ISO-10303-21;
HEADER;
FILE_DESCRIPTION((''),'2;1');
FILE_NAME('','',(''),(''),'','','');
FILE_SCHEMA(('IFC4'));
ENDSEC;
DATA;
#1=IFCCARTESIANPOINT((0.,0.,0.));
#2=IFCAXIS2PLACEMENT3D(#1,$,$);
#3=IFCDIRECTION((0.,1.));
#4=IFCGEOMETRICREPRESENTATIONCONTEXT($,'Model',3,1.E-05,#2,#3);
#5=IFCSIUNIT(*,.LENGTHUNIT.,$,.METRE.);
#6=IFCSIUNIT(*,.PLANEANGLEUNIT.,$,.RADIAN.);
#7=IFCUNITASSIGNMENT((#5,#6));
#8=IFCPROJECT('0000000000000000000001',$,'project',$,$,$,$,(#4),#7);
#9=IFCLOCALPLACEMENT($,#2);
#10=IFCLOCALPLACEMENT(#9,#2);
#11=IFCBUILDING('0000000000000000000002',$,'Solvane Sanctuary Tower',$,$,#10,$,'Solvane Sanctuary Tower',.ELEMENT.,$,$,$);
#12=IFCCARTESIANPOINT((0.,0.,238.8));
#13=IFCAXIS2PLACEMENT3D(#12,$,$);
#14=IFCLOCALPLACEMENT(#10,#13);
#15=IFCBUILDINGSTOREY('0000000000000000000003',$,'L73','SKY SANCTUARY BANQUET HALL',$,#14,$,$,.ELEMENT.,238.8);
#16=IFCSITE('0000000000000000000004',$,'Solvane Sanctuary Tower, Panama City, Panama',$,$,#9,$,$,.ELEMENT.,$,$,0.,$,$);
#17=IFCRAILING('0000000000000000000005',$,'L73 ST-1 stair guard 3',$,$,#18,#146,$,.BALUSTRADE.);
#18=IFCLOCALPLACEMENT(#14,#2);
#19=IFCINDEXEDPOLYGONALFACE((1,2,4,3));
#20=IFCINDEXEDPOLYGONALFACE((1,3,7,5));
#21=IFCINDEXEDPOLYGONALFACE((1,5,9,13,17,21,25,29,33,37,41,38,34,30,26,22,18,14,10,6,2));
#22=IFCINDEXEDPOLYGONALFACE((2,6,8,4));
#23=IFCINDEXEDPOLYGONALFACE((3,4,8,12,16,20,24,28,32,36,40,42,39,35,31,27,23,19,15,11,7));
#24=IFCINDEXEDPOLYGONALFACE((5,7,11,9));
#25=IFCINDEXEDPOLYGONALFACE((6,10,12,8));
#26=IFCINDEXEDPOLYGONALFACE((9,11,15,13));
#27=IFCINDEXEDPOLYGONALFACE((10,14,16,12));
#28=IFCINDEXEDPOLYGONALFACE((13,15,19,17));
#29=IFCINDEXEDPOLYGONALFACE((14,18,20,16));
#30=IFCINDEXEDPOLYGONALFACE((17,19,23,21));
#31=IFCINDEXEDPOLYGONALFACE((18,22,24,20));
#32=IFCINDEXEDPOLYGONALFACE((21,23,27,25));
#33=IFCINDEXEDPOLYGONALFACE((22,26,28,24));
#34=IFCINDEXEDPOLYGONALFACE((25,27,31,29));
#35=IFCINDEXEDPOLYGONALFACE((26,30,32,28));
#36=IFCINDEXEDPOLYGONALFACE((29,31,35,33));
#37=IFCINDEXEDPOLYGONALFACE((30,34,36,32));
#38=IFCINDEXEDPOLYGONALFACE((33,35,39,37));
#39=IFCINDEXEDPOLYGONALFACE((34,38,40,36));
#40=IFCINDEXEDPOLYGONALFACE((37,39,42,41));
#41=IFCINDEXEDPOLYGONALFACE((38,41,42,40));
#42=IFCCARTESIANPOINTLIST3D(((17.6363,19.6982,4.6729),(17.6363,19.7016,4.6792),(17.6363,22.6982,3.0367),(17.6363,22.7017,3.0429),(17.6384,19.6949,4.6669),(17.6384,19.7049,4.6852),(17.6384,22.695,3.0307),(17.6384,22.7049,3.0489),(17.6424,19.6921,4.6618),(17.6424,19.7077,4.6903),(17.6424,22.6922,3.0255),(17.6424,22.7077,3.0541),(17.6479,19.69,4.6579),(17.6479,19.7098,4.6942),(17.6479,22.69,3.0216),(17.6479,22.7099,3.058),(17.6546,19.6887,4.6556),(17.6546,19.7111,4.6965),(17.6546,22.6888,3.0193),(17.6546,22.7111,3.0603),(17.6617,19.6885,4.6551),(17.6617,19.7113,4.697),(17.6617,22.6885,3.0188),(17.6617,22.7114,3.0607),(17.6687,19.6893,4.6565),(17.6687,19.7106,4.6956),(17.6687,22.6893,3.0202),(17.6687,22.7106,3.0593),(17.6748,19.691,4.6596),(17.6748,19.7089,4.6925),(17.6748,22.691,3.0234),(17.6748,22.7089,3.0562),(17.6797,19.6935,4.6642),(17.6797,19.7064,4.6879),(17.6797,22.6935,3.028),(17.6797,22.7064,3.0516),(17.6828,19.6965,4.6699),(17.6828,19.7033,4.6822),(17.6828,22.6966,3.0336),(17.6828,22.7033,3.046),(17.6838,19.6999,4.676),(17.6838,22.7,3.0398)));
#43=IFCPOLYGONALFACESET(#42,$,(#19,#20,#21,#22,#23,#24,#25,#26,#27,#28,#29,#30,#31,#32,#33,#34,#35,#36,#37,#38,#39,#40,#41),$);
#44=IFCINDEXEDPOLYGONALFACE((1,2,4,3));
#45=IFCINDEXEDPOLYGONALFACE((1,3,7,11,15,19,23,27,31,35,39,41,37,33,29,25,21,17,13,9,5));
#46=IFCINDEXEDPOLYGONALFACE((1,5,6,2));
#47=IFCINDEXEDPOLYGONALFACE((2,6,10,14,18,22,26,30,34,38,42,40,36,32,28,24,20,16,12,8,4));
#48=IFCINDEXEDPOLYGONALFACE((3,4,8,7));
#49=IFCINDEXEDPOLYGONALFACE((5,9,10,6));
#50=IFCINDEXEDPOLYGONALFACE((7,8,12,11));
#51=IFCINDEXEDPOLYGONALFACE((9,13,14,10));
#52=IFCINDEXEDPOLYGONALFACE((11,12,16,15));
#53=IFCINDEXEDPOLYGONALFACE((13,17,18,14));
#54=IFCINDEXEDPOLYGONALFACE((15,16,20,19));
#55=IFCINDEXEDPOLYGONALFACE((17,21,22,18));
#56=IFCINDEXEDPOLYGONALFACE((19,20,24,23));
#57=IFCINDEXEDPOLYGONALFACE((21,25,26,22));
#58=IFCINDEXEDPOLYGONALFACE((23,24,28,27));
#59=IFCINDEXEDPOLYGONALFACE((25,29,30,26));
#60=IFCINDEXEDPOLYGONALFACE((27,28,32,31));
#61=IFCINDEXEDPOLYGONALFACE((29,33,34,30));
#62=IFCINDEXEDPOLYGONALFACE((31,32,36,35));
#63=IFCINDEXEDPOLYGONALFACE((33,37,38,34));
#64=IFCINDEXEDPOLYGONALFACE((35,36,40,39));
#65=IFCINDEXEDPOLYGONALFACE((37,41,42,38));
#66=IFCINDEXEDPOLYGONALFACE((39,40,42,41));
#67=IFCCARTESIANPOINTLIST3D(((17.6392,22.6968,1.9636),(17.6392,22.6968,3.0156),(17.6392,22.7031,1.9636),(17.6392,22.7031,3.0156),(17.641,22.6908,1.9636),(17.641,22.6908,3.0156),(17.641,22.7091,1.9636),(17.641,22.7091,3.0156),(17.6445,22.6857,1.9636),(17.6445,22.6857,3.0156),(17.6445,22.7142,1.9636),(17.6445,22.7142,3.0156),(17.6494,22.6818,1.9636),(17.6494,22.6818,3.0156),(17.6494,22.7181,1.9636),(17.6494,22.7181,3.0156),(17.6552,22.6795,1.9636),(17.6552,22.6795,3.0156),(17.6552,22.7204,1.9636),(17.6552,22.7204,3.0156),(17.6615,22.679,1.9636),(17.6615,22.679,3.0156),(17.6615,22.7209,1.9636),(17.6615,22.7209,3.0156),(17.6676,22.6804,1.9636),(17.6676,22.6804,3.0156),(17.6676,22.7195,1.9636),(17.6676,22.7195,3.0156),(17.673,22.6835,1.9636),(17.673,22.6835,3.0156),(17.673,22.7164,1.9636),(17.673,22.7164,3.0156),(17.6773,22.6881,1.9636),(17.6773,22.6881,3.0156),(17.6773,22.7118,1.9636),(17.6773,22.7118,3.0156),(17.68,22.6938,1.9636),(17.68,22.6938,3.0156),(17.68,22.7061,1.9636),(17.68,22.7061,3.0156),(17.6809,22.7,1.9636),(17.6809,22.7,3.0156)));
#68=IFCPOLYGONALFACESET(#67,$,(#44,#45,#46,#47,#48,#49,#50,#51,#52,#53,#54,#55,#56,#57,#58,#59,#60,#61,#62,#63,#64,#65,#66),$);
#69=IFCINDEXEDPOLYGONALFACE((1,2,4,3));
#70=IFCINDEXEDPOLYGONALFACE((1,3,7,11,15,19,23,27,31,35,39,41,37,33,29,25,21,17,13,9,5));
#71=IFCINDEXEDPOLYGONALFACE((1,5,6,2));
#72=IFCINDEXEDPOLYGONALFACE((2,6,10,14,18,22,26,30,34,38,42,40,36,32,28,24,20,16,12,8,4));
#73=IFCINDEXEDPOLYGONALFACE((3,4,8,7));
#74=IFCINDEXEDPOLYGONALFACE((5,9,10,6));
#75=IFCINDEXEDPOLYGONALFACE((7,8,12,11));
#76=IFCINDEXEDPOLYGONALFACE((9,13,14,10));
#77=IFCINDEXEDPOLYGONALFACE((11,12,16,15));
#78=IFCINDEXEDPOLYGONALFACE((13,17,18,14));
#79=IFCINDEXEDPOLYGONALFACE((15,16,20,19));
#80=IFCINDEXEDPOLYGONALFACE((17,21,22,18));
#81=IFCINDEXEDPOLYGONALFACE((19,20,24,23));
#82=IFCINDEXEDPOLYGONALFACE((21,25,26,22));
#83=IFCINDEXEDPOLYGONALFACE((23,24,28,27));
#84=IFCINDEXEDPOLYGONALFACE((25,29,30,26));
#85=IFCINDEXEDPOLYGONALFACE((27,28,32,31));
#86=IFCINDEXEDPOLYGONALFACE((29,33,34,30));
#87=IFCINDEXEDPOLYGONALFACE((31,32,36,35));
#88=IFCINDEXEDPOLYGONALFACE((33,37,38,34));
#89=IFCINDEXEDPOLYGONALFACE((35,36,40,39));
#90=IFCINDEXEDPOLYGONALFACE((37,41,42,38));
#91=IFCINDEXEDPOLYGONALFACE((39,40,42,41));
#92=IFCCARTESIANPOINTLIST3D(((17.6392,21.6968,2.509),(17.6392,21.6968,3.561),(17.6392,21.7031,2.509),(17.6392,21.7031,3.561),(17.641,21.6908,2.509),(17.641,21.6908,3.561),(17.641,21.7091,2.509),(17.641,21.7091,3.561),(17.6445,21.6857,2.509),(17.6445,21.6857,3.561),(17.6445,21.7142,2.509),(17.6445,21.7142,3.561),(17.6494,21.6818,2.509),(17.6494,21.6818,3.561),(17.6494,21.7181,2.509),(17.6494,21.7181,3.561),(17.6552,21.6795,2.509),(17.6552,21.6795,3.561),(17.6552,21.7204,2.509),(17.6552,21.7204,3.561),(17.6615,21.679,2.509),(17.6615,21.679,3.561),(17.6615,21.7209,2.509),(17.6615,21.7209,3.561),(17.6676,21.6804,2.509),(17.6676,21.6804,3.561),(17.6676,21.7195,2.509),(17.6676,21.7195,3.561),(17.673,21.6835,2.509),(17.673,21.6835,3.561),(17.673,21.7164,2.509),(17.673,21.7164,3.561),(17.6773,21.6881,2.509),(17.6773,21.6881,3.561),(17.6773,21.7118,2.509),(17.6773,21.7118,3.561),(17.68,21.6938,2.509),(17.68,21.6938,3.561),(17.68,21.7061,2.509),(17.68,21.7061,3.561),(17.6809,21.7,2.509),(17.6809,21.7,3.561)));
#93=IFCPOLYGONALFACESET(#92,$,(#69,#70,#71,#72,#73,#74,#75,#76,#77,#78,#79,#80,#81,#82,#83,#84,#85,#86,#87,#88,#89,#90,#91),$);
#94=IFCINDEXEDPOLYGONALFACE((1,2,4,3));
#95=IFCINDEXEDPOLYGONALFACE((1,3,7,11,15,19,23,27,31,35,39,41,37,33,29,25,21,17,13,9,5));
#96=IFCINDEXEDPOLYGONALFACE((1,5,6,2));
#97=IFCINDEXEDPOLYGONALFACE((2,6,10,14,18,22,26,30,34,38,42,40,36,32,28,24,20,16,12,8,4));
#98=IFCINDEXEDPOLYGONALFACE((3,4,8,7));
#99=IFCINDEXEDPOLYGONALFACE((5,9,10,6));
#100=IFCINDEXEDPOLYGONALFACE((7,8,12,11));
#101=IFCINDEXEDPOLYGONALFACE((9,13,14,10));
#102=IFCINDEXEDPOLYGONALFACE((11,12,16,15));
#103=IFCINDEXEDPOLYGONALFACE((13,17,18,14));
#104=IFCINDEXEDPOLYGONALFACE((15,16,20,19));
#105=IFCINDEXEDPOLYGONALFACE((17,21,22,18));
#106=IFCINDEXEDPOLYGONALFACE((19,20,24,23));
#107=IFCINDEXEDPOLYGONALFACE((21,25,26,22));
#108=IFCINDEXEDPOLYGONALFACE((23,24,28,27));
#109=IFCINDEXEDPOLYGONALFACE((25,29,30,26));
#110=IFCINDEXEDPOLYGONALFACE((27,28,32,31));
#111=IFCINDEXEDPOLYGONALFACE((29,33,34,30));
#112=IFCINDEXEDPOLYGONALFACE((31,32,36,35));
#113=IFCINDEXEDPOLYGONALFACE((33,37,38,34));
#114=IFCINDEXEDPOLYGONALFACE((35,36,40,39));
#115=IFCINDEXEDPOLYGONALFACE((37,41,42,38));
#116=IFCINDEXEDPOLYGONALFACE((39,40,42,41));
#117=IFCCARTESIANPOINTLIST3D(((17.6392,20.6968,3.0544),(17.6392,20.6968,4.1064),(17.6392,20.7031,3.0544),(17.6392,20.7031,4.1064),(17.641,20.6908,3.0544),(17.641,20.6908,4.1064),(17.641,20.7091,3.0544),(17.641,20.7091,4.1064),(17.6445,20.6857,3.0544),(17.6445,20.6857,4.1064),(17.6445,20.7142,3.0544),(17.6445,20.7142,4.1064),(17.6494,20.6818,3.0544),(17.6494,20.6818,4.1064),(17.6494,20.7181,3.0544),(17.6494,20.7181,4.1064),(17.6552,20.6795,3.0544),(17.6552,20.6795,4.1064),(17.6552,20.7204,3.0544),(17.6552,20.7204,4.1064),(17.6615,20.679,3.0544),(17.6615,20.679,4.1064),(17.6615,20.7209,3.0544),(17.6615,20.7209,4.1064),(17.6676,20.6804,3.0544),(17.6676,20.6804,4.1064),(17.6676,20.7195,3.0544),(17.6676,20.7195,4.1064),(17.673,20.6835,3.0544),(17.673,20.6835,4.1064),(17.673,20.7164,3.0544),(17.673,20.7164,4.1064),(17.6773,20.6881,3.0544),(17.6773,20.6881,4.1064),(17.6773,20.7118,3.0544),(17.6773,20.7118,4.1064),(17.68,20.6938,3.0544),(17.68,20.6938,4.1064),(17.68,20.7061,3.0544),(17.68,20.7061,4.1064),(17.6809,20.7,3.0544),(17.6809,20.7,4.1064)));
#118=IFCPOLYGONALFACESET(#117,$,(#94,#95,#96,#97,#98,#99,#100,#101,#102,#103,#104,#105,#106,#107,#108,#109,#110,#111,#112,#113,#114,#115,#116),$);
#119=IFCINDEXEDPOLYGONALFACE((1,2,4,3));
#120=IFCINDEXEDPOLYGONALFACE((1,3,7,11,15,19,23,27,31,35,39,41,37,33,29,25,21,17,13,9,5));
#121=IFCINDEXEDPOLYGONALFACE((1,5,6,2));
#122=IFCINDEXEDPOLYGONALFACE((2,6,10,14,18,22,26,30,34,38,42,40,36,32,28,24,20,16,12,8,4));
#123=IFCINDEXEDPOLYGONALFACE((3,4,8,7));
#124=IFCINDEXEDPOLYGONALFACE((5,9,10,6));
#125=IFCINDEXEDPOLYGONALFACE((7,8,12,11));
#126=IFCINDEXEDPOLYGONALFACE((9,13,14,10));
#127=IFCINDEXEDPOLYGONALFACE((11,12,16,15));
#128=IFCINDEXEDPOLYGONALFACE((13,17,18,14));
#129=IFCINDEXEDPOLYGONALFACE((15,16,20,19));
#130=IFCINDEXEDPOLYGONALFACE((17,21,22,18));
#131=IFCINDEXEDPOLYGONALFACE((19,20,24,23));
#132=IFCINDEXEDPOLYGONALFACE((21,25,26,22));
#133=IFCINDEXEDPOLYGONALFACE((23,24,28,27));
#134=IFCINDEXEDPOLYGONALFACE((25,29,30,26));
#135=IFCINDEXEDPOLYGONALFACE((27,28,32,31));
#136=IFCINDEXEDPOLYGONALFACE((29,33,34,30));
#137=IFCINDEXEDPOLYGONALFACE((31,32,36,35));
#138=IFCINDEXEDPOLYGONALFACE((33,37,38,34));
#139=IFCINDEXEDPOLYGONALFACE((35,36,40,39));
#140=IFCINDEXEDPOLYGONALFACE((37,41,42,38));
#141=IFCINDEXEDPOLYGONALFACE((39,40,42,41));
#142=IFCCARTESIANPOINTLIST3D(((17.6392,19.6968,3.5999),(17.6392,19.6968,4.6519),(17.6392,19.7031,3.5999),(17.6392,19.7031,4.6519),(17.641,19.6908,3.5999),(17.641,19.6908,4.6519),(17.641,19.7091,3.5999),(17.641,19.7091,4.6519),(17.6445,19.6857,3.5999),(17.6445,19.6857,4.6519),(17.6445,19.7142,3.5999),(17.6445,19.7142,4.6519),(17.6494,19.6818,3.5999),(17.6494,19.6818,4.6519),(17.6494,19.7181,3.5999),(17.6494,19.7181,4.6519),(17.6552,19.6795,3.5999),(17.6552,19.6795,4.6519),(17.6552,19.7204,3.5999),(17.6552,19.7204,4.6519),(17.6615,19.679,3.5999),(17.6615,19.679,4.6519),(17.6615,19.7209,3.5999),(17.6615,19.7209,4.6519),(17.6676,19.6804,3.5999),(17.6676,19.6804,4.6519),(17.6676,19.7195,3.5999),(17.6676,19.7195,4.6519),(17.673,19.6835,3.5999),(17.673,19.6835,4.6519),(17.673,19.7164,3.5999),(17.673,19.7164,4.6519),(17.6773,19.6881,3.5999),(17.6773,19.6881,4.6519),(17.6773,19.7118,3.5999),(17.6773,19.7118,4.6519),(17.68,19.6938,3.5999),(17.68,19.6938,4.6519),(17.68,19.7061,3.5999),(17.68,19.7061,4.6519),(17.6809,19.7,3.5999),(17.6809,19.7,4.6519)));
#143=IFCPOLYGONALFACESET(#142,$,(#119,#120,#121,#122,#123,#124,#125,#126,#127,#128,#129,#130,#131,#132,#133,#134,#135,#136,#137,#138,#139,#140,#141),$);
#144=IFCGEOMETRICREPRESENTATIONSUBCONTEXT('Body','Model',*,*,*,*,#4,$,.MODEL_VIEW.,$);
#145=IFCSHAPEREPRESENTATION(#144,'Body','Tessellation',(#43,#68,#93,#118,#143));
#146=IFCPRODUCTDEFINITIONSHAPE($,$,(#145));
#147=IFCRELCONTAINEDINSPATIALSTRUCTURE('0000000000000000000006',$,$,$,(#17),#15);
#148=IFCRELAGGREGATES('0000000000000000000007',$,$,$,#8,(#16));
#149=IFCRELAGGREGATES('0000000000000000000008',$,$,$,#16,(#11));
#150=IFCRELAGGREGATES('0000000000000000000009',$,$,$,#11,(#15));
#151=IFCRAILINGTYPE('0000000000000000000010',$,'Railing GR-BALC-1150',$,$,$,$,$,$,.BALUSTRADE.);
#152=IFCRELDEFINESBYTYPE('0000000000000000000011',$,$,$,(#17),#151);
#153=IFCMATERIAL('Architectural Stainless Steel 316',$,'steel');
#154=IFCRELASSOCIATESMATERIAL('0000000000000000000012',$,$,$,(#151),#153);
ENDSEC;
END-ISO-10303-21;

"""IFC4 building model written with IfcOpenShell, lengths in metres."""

from ifc_helpers import new_model, si_unit, direction, frame, origin, origin_2d, place, context, subcontext, project, spatial, circle, extrude, material, type_object, element, save


model = new_model("IFC4")

# Units and contexts
model_context = context("Model", 3, precision=1e-05, world=origin(), true_north=direction((0.0, 1.0)))
body_context = subcontext(model_context, "Body", "Model", "MODEL_VIEW")
ifc_project = project(units=[si_unit("LENGTHUNIT", "METRE"), si_unit("PLANEANGLEUNIT", "RADIAN")], contexts=[model_context])

# Site, building, storey
site_placement = place(None, origin())
site = spatial("IfcSite", under=ifc_project, at=site_placement, Name="Solvane Sanctuary Tower, Panama City, Panama", CompositionType="ELEMENT", RefElevation=0.0)
building_placement = place(site_placement, origin())
building = spatial("IfcBuilding", under=site, at=building_placement, Name="Solvane Sanctuary Tower", LongName="Solvane Sanctuary Tower", CompositionType="ELEMENT")
storey_placement = place(building_placement, frame((0.0, 0.0, 238.8)))
storey = spatial("IfcBuildingStorey", under=building, at=storey_placement, Name="L73", Description="SKY SANCTUARY BANQUET HALL", CompositionType="ELEMENT", Elevation=238.8)

# Shared definitions
ifc_material_1 = material(Name="Architectural Stainless Steel 316", Category="steel")

# Railing
railing_type_1 = type_object("IfcRailingType", Name="Railing GR-BALC-1150", PredefinedType="BALUSTRADE", material=ifc_material_1)
railing_1_placement = place(storey_placement, frame((17.6599, 22.7, 1.9636)))
element("IfcRailing", 1, at=railing_1_placement, inside=storey, type_object=railing_type_1, Name="L73 ST-1 stair guard 3", PredefinedType="BALUSTRADE", context=body_context, shape_type="SweptSolid", body=[
    extrude(circle(Radius=0.0239, at=origin_2d()), frame((0.0, 0.0, 1.0762), z_axis=(0.0, -0.877912, 0.478822), x_axis=(1.0, 0.0, 0.0)), (0.0, 0.0, 1.0), 3.4172),
    extrude(circle(Radius=0.021, at=origin_2d()), origin(), (0.0, 0.0, 1.0), 1.052),
    extrude(circle(Radius=0.021, at=origin_2d()), frame((0.0, -1.0, 0.5454)), (0.0, 0.0, 1.0), 1.052),
    extrude(circle(Radius=0.021, at=origin_2d()), frame((0.0, -2.0, 1.0908)), (0.0, 0.0, 1.0), 1.052),
    extrude(circle(Radius=0.021, at=origin_2d()), frame((0.0, -3.0, 1.6362)), (0.0, 0.0, 1.0), 1.052),
])

save(model, "model.ifc")
